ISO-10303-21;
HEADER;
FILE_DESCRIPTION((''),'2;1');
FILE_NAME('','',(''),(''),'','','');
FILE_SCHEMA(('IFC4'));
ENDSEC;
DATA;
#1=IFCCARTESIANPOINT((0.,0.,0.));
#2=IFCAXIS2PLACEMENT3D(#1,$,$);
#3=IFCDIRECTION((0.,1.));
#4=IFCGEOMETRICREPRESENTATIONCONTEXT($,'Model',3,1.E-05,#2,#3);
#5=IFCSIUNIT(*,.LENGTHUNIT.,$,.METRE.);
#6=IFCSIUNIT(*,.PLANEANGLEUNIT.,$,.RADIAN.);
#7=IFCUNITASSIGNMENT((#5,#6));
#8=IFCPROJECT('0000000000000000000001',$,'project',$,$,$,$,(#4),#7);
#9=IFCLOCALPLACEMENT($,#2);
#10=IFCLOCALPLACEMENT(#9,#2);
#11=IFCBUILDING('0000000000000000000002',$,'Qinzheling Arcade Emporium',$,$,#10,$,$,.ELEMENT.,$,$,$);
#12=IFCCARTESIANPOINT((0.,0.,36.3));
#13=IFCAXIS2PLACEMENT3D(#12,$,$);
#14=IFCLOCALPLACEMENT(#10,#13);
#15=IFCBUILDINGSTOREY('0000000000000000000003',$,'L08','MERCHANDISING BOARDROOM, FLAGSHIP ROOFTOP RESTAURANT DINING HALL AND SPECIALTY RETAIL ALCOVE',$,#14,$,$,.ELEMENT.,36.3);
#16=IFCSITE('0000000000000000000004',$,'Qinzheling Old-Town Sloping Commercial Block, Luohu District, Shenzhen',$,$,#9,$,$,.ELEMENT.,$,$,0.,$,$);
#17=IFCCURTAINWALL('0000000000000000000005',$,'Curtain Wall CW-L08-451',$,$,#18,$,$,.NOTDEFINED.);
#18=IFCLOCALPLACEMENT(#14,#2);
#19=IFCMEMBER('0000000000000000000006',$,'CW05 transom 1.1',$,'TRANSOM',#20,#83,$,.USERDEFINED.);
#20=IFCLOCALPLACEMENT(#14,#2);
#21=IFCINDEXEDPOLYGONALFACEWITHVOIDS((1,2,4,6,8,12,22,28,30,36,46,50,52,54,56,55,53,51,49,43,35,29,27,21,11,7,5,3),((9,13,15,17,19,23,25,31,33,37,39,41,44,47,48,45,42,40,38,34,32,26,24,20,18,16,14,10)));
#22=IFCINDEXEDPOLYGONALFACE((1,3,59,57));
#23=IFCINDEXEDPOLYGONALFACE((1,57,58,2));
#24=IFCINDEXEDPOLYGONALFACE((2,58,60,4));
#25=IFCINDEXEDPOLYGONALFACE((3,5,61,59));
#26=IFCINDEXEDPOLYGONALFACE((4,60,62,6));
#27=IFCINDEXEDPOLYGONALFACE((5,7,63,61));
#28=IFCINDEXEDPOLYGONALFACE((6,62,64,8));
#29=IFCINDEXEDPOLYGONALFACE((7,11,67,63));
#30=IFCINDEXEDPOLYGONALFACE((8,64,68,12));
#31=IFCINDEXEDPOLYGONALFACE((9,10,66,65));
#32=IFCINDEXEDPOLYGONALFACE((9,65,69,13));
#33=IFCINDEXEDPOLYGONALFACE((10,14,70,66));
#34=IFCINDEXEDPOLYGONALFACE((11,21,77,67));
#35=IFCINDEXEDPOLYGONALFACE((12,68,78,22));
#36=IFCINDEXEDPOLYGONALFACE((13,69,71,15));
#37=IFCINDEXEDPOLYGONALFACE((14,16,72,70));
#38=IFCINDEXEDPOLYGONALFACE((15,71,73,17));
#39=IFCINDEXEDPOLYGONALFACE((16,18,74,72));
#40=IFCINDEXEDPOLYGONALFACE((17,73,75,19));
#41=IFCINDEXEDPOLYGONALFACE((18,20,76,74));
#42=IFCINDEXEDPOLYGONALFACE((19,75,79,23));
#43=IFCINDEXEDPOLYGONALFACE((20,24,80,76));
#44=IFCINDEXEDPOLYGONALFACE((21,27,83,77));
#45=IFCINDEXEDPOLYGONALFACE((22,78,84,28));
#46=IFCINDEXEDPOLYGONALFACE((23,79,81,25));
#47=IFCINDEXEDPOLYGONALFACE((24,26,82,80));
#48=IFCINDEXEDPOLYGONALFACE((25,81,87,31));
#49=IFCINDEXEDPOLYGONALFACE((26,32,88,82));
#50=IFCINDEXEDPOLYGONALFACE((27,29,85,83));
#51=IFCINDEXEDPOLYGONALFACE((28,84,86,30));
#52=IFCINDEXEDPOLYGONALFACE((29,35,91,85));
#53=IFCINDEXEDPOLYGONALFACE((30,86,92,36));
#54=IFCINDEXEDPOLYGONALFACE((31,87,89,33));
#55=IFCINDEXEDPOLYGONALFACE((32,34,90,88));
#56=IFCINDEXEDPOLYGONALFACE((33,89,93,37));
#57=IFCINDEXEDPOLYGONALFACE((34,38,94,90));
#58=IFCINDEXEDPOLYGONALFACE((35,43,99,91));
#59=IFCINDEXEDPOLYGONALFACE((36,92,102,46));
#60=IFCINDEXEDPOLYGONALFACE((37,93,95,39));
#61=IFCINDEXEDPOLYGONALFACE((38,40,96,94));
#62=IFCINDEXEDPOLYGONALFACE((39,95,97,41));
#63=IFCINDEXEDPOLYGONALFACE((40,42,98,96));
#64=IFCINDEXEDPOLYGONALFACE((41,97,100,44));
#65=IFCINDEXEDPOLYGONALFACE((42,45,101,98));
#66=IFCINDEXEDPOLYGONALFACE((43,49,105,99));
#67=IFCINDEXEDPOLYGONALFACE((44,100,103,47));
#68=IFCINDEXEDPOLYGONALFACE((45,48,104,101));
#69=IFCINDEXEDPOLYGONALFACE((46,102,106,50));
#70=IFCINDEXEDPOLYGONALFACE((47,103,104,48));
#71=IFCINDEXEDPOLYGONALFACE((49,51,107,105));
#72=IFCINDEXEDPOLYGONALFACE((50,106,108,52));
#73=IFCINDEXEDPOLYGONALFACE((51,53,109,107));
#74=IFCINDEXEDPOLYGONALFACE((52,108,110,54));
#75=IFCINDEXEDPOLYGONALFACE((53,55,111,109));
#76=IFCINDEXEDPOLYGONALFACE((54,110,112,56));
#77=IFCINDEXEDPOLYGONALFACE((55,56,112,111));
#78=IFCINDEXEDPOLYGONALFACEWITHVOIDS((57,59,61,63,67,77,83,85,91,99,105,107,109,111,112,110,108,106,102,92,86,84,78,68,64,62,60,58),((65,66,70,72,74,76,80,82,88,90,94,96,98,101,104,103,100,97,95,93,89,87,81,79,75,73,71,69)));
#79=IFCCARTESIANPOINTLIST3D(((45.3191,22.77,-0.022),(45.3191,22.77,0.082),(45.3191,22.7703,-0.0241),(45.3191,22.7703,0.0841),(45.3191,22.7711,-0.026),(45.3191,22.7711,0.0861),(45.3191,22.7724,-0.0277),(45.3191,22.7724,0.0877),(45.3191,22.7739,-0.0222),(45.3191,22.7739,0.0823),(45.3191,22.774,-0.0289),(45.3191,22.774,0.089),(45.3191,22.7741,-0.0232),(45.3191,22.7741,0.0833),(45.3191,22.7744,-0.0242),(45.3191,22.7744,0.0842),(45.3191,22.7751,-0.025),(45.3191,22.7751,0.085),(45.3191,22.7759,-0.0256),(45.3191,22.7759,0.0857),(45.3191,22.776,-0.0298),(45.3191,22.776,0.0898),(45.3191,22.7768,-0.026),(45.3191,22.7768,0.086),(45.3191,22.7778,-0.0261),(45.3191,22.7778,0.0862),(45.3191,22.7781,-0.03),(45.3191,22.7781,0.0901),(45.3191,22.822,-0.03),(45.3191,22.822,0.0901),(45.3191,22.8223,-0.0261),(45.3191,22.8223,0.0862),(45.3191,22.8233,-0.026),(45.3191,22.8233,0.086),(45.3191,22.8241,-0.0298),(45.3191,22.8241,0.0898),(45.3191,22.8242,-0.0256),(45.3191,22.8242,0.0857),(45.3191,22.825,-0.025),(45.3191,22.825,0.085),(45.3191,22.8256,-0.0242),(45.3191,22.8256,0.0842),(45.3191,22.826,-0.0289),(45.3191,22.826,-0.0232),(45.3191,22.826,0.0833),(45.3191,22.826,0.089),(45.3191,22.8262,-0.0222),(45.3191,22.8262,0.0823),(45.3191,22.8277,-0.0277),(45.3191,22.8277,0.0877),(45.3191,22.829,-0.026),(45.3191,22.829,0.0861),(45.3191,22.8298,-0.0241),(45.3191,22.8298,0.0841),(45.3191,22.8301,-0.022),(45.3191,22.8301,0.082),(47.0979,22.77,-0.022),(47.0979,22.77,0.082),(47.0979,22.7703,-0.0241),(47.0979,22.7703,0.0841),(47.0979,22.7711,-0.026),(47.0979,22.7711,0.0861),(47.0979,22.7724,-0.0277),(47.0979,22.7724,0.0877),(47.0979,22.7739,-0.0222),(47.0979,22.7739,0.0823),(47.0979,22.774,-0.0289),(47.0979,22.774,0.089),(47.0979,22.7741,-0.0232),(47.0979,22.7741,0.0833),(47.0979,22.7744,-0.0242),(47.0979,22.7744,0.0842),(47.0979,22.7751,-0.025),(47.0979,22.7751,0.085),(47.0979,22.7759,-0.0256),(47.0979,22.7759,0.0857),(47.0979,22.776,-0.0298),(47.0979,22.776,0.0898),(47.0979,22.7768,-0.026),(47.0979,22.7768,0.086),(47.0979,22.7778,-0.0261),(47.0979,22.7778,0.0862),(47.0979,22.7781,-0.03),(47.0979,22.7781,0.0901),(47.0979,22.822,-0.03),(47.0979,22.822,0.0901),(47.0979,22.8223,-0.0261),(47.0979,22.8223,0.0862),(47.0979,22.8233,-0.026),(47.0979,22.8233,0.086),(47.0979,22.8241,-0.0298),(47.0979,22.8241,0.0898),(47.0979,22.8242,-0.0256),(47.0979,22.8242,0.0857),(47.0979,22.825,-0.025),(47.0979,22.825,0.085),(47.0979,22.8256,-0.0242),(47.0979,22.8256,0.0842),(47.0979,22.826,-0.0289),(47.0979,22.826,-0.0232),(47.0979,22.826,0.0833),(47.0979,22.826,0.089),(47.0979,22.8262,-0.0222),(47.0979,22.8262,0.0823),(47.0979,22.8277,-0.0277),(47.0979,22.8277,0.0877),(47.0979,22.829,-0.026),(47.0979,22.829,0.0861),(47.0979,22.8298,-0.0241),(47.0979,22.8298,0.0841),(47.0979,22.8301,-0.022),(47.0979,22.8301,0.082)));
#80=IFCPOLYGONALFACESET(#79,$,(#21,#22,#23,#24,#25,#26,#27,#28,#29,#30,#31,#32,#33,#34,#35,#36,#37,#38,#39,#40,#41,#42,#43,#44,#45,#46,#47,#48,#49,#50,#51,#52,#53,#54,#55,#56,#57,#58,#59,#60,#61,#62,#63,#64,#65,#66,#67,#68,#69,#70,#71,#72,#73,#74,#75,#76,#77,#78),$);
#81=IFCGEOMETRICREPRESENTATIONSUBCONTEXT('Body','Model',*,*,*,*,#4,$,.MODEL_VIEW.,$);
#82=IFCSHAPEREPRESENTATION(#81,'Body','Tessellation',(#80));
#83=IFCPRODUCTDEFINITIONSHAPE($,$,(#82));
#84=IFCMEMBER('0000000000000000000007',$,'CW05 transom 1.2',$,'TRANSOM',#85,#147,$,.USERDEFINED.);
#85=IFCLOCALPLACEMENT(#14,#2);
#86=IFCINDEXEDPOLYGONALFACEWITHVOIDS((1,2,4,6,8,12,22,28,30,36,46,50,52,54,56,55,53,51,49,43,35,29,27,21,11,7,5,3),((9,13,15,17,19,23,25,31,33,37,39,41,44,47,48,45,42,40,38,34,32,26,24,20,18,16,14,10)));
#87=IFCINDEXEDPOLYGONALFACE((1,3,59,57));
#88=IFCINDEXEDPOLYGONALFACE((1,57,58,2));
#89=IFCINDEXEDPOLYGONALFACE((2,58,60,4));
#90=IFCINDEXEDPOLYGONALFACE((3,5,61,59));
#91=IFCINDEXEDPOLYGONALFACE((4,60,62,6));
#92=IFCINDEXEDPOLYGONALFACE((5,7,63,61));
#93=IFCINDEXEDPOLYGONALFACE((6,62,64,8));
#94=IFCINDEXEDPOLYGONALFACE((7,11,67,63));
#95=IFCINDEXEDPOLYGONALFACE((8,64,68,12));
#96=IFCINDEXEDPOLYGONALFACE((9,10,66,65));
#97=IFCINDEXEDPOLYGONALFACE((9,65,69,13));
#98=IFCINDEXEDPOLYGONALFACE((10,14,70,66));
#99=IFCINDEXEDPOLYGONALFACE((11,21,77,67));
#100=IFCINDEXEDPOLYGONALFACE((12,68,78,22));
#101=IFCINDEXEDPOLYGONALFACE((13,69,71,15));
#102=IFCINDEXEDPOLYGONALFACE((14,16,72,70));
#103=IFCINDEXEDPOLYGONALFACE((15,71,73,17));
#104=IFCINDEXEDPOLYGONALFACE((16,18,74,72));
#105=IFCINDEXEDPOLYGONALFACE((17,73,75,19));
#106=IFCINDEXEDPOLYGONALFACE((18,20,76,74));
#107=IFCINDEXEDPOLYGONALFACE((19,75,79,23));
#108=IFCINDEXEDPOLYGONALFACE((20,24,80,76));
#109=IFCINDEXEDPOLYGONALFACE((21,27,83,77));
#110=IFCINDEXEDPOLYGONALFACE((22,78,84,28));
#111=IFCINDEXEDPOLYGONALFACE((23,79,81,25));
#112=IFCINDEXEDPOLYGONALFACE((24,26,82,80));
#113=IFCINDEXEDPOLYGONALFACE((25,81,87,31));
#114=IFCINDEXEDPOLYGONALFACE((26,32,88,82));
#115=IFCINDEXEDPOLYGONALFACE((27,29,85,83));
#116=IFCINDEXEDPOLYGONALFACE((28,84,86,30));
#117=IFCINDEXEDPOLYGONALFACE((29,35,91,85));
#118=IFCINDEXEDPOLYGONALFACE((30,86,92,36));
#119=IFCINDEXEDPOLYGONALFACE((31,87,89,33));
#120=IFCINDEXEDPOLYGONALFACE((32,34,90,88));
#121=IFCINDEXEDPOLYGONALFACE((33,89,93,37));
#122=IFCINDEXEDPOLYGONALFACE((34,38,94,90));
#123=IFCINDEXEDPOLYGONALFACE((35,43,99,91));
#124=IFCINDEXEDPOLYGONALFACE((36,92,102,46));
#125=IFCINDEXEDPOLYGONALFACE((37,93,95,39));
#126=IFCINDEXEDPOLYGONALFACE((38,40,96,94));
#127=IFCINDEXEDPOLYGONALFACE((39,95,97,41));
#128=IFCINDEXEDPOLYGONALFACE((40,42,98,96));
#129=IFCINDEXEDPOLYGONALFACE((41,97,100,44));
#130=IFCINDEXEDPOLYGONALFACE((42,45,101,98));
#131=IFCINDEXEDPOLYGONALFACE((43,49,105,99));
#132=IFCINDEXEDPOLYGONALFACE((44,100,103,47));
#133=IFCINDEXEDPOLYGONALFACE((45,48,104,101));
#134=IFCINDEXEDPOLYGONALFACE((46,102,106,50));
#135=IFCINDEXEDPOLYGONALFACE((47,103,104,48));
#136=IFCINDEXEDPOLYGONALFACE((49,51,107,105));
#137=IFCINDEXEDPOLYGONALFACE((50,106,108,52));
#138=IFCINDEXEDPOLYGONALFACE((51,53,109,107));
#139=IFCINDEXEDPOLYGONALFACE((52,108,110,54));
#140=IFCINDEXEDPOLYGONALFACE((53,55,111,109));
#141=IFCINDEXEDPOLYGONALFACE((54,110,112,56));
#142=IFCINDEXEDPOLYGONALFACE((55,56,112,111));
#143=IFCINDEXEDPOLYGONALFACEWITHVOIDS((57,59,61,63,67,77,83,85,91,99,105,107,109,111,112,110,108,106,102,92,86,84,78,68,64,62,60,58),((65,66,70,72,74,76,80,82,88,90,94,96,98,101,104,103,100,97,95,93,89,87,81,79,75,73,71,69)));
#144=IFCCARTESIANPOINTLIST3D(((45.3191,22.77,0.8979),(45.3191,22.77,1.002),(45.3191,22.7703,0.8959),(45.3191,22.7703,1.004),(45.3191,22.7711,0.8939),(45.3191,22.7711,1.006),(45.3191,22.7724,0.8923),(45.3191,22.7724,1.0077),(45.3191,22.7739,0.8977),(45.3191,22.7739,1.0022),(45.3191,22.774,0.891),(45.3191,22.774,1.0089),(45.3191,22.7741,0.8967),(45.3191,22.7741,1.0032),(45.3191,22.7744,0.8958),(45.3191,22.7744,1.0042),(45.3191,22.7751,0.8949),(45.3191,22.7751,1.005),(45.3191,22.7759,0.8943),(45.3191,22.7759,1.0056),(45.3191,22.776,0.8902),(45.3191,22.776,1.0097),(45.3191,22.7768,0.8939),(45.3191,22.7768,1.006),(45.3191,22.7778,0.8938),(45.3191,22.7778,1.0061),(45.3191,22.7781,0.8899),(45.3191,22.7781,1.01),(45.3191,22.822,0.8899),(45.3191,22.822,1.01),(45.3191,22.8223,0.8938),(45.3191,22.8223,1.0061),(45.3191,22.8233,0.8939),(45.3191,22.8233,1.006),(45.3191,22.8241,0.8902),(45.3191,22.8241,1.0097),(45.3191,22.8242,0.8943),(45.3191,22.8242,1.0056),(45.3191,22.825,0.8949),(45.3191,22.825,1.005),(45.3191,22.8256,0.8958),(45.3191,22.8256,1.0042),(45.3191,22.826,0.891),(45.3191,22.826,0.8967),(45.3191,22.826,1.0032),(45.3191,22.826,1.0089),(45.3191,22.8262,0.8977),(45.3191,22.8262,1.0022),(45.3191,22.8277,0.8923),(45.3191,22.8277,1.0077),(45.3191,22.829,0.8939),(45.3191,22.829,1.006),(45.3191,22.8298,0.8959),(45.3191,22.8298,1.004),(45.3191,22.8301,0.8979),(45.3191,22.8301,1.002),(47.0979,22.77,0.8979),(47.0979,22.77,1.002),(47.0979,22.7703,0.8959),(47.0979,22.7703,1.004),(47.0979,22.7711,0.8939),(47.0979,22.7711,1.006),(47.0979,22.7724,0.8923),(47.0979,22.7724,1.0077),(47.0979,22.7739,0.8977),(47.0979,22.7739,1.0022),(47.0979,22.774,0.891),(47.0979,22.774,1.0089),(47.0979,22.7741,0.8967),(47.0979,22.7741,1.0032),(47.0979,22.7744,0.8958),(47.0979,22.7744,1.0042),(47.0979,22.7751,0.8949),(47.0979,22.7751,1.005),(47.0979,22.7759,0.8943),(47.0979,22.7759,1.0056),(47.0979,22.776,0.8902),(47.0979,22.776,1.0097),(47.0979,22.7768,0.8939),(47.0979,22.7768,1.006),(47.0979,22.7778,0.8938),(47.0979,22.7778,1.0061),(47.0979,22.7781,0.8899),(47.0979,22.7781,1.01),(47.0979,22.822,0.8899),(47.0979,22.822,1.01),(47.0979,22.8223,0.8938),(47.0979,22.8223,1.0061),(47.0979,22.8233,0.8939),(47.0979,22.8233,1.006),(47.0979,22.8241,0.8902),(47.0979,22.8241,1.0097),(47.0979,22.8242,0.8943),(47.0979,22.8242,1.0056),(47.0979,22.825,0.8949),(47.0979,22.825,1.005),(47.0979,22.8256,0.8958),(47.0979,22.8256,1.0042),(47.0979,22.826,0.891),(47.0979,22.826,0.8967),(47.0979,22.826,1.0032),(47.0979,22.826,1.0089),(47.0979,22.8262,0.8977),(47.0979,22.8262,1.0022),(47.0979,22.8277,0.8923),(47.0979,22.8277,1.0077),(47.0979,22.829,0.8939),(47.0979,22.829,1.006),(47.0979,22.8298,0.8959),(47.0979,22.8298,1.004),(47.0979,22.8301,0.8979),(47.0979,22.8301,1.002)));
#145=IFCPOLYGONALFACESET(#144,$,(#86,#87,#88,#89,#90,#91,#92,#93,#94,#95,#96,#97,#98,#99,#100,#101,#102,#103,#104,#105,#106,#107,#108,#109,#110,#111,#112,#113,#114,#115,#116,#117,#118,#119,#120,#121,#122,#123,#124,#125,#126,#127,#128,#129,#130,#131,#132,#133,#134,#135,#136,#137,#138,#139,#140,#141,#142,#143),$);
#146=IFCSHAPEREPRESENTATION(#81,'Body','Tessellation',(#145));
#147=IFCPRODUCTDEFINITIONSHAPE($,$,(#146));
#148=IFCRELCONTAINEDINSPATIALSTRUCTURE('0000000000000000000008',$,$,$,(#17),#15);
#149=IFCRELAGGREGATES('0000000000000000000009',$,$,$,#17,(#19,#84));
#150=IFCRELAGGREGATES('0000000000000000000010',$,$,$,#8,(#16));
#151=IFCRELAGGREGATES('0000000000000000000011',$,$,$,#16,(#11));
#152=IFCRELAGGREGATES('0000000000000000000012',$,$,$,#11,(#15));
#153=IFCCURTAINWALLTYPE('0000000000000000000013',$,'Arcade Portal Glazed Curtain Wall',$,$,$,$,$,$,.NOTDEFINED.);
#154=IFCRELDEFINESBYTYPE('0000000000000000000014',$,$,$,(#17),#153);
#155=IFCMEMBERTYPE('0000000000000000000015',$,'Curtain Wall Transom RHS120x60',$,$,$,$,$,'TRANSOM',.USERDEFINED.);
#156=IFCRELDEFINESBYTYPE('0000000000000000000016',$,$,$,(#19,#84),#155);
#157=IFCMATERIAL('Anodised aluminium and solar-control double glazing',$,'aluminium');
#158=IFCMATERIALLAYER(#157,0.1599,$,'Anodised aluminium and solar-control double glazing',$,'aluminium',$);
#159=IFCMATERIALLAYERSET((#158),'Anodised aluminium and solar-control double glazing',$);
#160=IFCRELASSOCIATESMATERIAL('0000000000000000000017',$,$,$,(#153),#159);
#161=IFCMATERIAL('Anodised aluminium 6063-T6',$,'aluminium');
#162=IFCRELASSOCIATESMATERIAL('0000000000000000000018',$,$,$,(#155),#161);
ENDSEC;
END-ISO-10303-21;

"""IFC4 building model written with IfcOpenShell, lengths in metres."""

from ifc_helpers import new_model, si_unit, direction, frame, origin, origin_2d, place, context, subcontext, project, spatial, hollow_rectangle, extrude, material, layer, layer_set, material_profile, profile_set, type_object, element, aggregate, save


model = new_model("IFC4")

# Units and contexts
model_context = context("Model", 3, precision=1e-05, world=origin(), true_north=direction((0.0, 1.0)))
body_context = subcontext(model_context, "Body", "Model", "MODEL_VIEW")
ifc_project = project(units=[si_unit("LENGTHUNIT", "METRE"), si_unit("PLANEANGLEUNIT", "RADIAN")], contexts=[model_context])

# Site, building, storey
site_placement = place(None, origin())
site = spatial("IfcSite", under=ifc_project, at=site_placement, Name="Qinzheling Old-Town Sloping Commercial Block, Luohu District, Shenzhen", CompositionType="ELEMENT", RefElevation=0.0)
building_placement = place(site_placement, origin())
building = spatial("IfcBuilding", under=site, at=building_placement, Name="Qinzheling Arcade Emporium", CompositionType="ELEMENT")
storey_placement = place(building_placement, frame((0.0, 0.0, 36.3)))
storey = spatial("IfcBuildingStorey", under=building, at=storey_placement, Name="L08", Description="MERCHANDISING BOARDROOM, FLAGSHIP ROOFTOP RESTAURANT DINING HALL AND SPECIALTY RETAIL ALCOVE", CompositionType="ELEMENT", Elevation=36.3)

# Shared definitions
ifc_material_1 = material(Name="Anodised aluminium and solar-control double glazing", Category="aluminium")
ifc_layer_1 = layer(ifc_material_1, 0.1599, Name="Anodised aluminium and solar-control double glazing", Category="aluminium")
ifc_layer_set_1 = layer_set([ifc_layer_1], Name="Anodised aluminium and solar-control double glazing")
curtain_wall_type = type_object("IfcCurtainWallType", Name="Arcade Portal Glazed Curtain Wall", PredefinedType="NOTDEFINED", material=ifc_layer_set_1)
ifc_material_2 = material(Name="Anodised aluminium 6063-T6", Category="aluminium")

# Curtain wall
curtain_wall_1_placement = place(storey_placement, origin())
curtain_wall_1 = element("IfcCurtainWall", 1, at=curtain_wall_1_placement, inside=storey, type_object=curtain_wall_type, Name="Curtain Wall CW-L08-451", PredefinedType="NOTDEFINED")

# Members
ifc_material_profile_1 = material_profile(ifc_material_2, hollow_rectangle(XDim=0.0601, YDim=0.1201, WallThickness=0.0039, InnerFilletRadius=0.0039, OuterFilletRadius=0.0081, at=origin_2d()), Name="RHS 120x60x4", Category="aluminium")
ifc_profile_set_1 = profile_set([ifc_material_profile_1], Name="Anodised aluminium 6063-T6")
member_type_1 = type_object("IfcMemberType", Name="Curtain Wall Transom RHS120x60", ElementType="TRANSOM", PredefinedType="USERDEFINED", material=ifc_profile_set_1)
member_1_placement = place(storey_placement, frame((47.0979, 22.8, 0.03), z_axis=(-1.0, 0.0, 0.0), x_axis=(0.0, -1.0, 0.0)))
member_1 = element("IfcMember", 2, at=member_1_placement, type_object=member_type_1, Name="CW05 transom 1.1", ObjectType="TRANSOM", PredefinedType="USERDEFINED", context=body_context, shape_type="SweptSolid", body=[
    extrude(hollow_rectangle(XDim=0.0601, YDim=0.1201, WallThickness=0.0039, InnerFilletRadius=0.0039, OuterFilletRadius=0.0081, at=origin_2d()), origin(), (0.0, 0.0, 1.0), 1.7788),
])
member_2_placement = place(storey_placement, frame((47.0979, 22.8, 0.95), z_axis=(-1.0, 0.0, 0.0), x_axis=(0.0, -1.0, 0.0)))
member_2 = element("IfcMember", 3, at=member_2_placement, type_object=member_type_1, Name="CW05 transom 1.2", ObjectType="TRANSOM", PredefinedType="USERDEFINED", context=body_context, shape_type="SweptSolid", body=[
    extrude(hollow_rectangle(XDim=0.0601, YDim=0.1201, WallThickness=0.0039, InnerFilletRadius=0.0039, OuterFilletRadius=0.0081, at=origin_2d()), origin(), (0.0, 0.0, 1.0), 1.7788),
])

aggregate(curtain_wall_1, [member_1, member_2])

save(model, "model.ifc")
